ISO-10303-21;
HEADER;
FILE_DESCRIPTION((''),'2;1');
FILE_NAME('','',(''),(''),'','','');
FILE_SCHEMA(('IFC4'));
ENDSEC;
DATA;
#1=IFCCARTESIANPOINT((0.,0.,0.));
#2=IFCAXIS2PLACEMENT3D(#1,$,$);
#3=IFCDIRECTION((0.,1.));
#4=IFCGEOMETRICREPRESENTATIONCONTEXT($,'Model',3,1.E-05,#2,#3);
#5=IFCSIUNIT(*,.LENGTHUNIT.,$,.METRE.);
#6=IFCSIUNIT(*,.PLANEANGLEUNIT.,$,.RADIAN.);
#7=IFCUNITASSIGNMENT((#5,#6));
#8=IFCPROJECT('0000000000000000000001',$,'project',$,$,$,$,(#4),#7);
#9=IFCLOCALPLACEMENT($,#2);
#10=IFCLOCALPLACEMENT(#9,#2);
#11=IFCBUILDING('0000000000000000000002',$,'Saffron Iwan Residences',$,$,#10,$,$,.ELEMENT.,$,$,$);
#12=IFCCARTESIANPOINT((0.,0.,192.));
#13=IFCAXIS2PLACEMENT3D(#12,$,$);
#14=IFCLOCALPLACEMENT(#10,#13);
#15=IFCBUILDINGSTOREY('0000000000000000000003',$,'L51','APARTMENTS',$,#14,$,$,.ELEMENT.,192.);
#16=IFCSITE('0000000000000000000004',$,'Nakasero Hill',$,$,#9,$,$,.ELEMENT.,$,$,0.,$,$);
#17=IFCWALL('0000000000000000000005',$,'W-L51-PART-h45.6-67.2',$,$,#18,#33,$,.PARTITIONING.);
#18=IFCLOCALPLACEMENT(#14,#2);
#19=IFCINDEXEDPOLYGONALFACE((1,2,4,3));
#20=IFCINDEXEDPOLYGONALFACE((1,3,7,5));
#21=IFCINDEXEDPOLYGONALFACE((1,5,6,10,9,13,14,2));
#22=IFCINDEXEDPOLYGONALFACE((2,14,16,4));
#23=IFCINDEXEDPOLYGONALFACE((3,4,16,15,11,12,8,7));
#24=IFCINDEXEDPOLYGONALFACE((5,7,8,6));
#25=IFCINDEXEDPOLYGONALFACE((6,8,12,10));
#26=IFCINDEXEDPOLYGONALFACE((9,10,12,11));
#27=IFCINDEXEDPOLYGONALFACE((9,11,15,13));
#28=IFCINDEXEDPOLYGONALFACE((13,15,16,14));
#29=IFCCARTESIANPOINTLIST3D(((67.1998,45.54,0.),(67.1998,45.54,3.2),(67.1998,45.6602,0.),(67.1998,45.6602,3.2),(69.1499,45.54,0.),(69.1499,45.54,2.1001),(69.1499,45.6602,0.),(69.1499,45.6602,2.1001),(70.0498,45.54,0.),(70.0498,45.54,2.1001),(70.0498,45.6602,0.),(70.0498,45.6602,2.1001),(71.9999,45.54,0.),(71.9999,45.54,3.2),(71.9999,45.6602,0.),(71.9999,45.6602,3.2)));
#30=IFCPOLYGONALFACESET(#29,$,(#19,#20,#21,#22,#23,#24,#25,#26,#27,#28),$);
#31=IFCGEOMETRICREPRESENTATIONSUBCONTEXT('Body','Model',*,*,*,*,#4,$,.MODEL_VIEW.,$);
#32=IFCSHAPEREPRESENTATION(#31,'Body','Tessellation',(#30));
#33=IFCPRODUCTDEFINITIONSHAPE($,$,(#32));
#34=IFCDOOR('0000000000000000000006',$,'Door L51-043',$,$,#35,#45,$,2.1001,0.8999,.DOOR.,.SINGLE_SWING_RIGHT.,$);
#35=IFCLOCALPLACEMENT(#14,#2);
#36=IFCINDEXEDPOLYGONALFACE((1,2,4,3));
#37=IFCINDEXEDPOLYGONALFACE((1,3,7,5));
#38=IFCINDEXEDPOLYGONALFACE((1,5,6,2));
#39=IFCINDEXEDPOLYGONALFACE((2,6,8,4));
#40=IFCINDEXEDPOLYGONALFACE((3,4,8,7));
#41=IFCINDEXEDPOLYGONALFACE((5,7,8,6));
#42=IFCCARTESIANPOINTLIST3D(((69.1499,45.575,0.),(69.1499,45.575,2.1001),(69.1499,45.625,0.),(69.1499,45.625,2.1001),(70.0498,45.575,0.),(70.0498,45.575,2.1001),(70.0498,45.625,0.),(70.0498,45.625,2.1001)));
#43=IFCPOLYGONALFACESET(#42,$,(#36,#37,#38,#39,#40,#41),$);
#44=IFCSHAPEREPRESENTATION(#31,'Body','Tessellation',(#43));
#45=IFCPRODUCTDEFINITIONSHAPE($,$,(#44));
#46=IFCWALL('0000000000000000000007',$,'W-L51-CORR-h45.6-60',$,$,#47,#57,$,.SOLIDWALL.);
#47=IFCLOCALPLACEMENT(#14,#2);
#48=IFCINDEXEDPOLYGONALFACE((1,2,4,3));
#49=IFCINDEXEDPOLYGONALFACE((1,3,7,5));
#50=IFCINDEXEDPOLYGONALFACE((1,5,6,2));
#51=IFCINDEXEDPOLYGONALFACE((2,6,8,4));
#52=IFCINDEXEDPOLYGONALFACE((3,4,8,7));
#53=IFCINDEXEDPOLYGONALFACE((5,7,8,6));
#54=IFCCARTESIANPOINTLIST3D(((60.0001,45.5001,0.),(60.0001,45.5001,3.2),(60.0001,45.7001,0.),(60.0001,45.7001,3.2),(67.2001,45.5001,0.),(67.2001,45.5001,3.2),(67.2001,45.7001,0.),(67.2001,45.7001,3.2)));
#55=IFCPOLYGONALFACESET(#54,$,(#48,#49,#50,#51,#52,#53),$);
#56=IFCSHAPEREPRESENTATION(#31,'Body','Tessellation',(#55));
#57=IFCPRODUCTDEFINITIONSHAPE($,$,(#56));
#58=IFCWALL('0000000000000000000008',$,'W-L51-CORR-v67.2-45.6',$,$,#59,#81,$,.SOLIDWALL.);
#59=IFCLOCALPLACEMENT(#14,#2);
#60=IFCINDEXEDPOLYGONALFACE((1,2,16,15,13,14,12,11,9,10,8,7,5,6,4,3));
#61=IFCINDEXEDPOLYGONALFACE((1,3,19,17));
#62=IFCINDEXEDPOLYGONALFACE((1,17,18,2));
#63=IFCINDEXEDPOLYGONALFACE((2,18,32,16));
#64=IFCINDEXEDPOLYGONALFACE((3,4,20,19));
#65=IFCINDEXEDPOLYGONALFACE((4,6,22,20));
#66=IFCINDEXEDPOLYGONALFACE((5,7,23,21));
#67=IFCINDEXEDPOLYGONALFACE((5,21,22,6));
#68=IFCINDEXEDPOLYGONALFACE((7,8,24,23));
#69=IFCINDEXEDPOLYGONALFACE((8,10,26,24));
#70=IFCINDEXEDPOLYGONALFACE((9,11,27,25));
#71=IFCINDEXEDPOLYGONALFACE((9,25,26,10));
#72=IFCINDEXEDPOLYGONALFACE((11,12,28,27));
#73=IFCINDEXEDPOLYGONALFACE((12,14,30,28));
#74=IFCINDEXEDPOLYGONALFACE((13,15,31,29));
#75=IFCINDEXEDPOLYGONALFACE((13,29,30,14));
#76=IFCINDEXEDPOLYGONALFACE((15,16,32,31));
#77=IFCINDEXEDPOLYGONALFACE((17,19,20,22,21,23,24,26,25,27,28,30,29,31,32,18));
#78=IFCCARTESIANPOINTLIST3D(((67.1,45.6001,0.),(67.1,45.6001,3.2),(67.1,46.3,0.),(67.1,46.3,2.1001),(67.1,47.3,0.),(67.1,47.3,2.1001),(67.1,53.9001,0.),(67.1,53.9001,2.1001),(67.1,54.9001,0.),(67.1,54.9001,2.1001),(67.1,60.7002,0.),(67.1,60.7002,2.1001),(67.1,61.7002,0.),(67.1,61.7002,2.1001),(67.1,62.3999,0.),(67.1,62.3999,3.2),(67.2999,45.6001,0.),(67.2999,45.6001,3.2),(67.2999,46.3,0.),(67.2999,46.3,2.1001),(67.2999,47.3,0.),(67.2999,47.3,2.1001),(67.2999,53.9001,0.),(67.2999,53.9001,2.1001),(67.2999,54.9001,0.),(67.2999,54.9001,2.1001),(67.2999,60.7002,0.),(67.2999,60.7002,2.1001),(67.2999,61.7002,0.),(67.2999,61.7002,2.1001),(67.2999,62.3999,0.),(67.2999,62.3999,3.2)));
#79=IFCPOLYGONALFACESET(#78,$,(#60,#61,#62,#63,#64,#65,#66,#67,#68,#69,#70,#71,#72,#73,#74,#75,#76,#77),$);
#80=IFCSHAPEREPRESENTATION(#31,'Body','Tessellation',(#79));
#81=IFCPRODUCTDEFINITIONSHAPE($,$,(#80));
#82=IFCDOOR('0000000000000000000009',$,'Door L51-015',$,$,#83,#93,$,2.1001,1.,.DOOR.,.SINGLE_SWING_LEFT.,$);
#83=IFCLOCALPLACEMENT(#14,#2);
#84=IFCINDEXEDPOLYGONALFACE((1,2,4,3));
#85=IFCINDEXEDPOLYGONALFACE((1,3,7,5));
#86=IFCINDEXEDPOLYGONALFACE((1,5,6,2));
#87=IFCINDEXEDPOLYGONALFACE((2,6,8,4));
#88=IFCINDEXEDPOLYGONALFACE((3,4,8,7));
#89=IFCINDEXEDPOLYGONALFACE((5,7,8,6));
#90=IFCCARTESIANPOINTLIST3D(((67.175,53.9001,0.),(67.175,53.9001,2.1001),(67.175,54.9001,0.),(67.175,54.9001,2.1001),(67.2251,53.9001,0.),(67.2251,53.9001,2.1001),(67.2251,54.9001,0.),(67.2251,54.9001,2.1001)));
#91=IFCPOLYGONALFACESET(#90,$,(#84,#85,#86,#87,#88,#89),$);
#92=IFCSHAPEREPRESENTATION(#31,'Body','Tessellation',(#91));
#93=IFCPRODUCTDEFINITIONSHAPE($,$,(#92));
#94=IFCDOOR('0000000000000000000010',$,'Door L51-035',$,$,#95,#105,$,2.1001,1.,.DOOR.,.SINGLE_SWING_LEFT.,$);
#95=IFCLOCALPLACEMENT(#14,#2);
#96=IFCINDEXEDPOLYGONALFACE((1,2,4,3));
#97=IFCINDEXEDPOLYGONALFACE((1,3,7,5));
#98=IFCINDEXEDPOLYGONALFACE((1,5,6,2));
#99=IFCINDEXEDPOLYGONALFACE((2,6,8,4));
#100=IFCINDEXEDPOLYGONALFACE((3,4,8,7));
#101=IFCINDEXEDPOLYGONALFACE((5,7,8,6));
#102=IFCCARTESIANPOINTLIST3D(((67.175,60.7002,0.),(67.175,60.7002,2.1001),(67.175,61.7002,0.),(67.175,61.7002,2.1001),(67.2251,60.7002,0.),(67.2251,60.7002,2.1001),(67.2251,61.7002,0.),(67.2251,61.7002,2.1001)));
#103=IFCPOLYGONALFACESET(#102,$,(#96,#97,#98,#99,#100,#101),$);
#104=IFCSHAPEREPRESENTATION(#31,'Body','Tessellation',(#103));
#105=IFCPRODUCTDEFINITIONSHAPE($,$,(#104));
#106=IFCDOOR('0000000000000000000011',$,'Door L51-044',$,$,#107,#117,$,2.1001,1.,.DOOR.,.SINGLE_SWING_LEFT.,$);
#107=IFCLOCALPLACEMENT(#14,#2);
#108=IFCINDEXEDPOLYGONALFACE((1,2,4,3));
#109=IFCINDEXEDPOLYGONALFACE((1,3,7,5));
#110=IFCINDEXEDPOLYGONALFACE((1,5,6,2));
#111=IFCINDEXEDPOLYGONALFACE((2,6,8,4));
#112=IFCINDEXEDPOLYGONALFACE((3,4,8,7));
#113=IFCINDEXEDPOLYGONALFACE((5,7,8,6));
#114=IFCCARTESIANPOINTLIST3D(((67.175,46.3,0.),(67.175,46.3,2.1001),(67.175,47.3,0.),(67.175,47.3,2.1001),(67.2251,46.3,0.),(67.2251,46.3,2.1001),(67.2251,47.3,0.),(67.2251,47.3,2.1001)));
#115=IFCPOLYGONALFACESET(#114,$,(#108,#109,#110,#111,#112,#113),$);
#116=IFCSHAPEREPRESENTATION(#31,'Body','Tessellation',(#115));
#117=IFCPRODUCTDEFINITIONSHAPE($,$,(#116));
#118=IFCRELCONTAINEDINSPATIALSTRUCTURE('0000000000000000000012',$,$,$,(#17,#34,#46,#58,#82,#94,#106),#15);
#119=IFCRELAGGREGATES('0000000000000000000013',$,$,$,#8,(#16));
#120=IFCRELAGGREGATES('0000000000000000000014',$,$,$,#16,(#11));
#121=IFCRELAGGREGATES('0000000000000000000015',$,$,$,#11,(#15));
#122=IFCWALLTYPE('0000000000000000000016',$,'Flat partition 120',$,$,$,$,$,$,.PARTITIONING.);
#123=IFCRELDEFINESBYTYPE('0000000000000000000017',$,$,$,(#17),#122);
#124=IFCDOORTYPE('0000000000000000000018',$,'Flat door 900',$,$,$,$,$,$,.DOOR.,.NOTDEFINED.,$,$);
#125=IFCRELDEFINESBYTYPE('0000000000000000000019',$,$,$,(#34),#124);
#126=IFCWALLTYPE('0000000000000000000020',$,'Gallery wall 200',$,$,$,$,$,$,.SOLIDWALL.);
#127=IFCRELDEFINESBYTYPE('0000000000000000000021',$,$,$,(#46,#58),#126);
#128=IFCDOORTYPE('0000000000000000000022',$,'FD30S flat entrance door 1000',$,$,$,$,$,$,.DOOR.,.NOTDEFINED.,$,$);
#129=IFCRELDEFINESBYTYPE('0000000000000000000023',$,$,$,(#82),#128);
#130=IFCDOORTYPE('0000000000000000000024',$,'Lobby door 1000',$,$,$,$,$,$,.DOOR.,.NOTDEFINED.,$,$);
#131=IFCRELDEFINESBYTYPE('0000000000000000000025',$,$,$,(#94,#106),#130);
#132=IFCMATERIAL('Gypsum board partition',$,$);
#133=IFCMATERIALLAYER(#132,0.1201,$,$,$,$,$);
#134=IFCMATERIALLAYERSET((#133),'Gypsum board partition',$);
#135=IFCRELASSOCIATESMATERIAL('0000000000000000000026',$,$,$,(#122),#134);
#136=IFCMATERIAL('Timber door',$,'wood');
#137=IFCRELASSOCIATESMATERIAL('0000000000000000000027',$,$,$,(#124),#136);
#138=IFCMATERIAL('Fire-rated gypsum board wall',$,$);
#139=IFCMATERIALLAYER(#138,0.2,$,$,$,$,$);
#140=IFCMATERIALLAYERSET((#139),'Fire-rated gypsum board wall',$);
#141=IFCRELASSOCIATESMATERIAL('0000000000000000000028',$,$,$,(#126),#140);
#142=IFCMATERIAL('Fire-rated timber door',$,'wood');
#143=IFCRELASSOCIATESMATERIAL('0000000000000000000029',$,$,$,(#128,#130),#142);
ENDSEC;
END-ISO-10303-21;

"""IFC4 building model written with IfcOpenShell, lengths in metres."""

from ifc_helpers import new_model, si_unit, direction, frame, frame_2d, origin, place, context, subcontext, project, spatial, rectangle, extrude, material, layer, layer_set, type_object, element, fill, save


model = new_model("IFC4")

# Units and contexts
model_context = context("Model", 3, precision=1e-05, world=origin(), true_north=direction((0.0, 1.0)))
body_context = subcontext(model_context, "Body", "Model", "MODEL_VIEW")
ifc_project = project(units=[si_unit("LENGTHUNIT", "METRE"), si_unit("PLANEANGLEUNIT", "RADIAN")], contexts=[model_context])

# Site, building, storey
site_placement = place(None, origin())
site = spatial("IfcSite", under=ifc_project, at=site_placement, Name="Nakasero Hill", CompositionType="ELEMENT", RefElevation=0.0)
building_placement = place(site_placement, origin())
building = spatial("IfcBuilding", under=site, at=building_placement, Name="Saffron Iwan Residences", CompositionType="ELEMENT")
storey_placement = place(building_placement, frame((0.0, 0.0, 192.0)))
storey = spatial("IfcBuildingStorey", under=building, at=storey_placement, Name="L51", Description="APARTMENTS", CompositionType="ELEMENT", Elevation=192.0)

# Shared definitions
ifc_material_1 = material(Name="Gypsum board partition")
ifc_layer_1 = layer(ifc_material_1, 0.1201)
ifc_layer_set_1 = layer_set([ifc_layer_1], Name="Gypsum board partition")
wall_type_1 = type_object("IfcWallType", Name="Flat partition 120", PredefinedType="PARTITIONING", material=ifc_layer_set_1)
ifc_material_2 = material(Name="Timber door", Category="wood")
door_type_1 = type_object("IfcDoorType", Name="Flat door 900", OperationType="NOTDEFINED", PredefinedType="DOOR", material=ifc_material_2)

# Wall, opening, door
wall_1_placement = place(storey_placement, frame((67.2, 45.6001, 0.0), z_axis=(0.0, 0.0, 1.0), x_axis=(1.0, 0.0, 0.0)))
wall_1 = element("IfcWall", 1, at=wall_1_placement, inside=storey, type_object=wall_type_1, Name="W-L51-PART-h45.6-67.2", PredefinedType="PARTITIONING", context=body_context, shape_type="SweptSolid", body=[
    extrude(rectangle(XDim=4.8, YDim=0.1201, at=frame_2d((2.3999, 0.0))), origin(), (0.0, 0.0, 1.0), 3.2),
])
opening_1_placement = place(wall_1_placement, frame((1.95, 0.0, 0.0)))
opening_1 = element("IfcOpeningElement", 2, at=opening_1_placement, cuts=wall_1, PredefinedType="OPENING", context=body_context, shape_type="SweptSolid", body=[
    extrude(rectangle(XDim=0.8999, YDim=2.1001, at=frame_2d((0.45, 1.05))), frame((0.0, 0.0701, 0.0), z_axis=(0.0, -1.0, 0.0), x_axis=(1.0, 0.0, 0.0)), (0.0, 0.0, 1.0), 0.1401),
])
door_1_placement = place(opening_1_placement, origin())
door_1 = element("IfcDoor", 3, at=door_1_placement, inside=storey, type_object=door_type_1, Name="Door L51-043", OperationType="SINGLE_SWING_RIGHT", OverallHeight=2.1001, OverallWidth=0.8999, PredefinedType="DOOR", context=body_context, shape_type="SweptSolid", body=[
    extrude(rectangle(XDim=0.8999, YDim=2.1001, at=frame_2d((0.45, 1.05))), frame((0.0, 0.0249, 0.0), z_axis=(0.0, -1.0, 0.0), x_axis=(1.0, 0.0, 0.0)), (0.0, 0.0, 1.0), 0.05),
])
fill(opening_1, door_1)

# Wall
ifc_material_3 = material(Name="Fire-rated gypsum board wall")
ifc_layer_2 = layer(ifc_material_3, 0.2)
ifc_layer_set_2 = layer_set([ifc_layer_2], Name="Fire-rated gypsum board wall")
wall_type_2 = type_object("IfcWallType", Name="Gallery wall 200", PredefinedType="SOLIDWALL", material=ifc_layer_set_2)
wall_2_placement = place(storey_placement, frame((60.0, 45.6001, 0.0), z_axis=(0.0, 0.0, 1.0), x_axis=(1.0, 0.0, 0.0)))
element("IfcWall", 4, at=wall_2_placement, inside=storey, type_object=wall_type_2, Name="W-L51-CORR-h45.6-60", PredefinedType="SOLIDWALL", context=body_context, shape_type="SweptSolid", body=[
    extrude(rectangle(XDim=7.2, YDim=0.2, at=frame_2d((3.6001, 0.0))), origin(), (0.0, 0.0, 1.0), 3.2),
])

# Wall, openings, doors
wall_3_placement = place(storey_placement, frame((67.2, 45.6001, 0.0), z_axis=(0.0, 0.0, 1.0), x_axis=(0.0, 1.0, 0.0)))
wall_3 = element("IfcWall", 5, at=wall_3_placement, inside=storey, type_object=wall_type_2, Name="W-L51-CORR-v67.2-45.6", PredefinedType="SOLIDWALL", context=body_context, shape_type="SweptSolid", body=[
    extrude(rectangle(XDim=16.7998, YDim=0.2, at=frame_2d((8.3999, 0.0))), origin(), (0.0, 0.0, 1.0), 3.2),
])
opening_2_placement = place(wall_3_placement, frame((8.3, 0.0, 0.0)))
opening_2 = element("IfcOpeningElement", 6, at=opening_2_placement, cuts=wall_3, PredefinedType="OPENING", context=body_context, shape_type="SweptSolid", body=[
    extrude(rectangle(XDim=1.0, YDim=2.1001, at=frame_2d((0.5, 1.05))), frame((0.0, 0.1099, 0.0), z_axis=(0.0, -1.0, 0.0), x_axis=(1.0, 0.0, 0.0)), (0.0, 0.0, 1.0), 0.22),
])
opening_3_placement = place(wall_3_placement, frame((15.1001, 0.0, 0.0)))
opening_3 = element("IfcOpeningElement", 7, at=opening_3_placement, cuts=wall_3, PredefinedType="OPENING", context=body_context, shape_type="SweptSolid", body=[
    extrude(rectangle(XDim=1.0, YDim=2.1001, at=frame_2d((0.5, 1.05))), frame((0.0, 0.1099, 0.0), z_axis=(0.0, -1.0, 0.0), x_axis=(1.0, 0.0, 0.0)), (0.0, 0.0, 1.0), 0.22),
])
opening_4_placement = place(wall_3_placement, frame((0.7, 0.0, 0.0)))
opening_4 = element("IfcOpeningElement", 8, at=opening_4_placement, cuts=wall_3, PredefinedType="OPENING", context=body_context, shape_type="SweptSolid", body=[
    extrude(rectangle(XDim=1.0, YDim=2.1001, at=frame_2d((0.5, 1.05))), frame((0.0, 0.1099, 0.0), z_axis=(0.0, -1.0, 0.0), x_axis=(1.0, 0.0, 0.0)), (0.0, 0.0, 1.0), 0.22),
])
ifc_material_4 = material(Name="Fire-rated timber door", Category="wood")
door_type_2 = type_object("IfcDoorType", Name="FD30S flat entrance door 1000", OperationType="NOTDEFINED", PredefinedType="DOOR", material=ifc_material_4)
door_2_placement = place(opening_2_placement, origin())
door_2 = element("IfcDoor", 9, at=door_2_placement, inside=storey, type_object=door_type_2, Name="Door L51-015", OperationType="SINGLE_SWING_LEFT", OverallHeight=2.1001, OverallWidth=1.0, PredefinedType="DOOR", context=body_context, shape_type="SweptSolid", body=[
    extrude(rectangle(XDim=1.0, YDim=2.1001, at=frame_2d((0.5, 1.05))), frame((0.0, 0.0249, 0.0), z_axis=(0.0, -1.0, 0.0), x_axis=(1.0, 0.0, 0.0)), (0.0, 0.0, 1.0), 0.05),
])
fill(opening_2, door_2)
door_type_3 = type_object("IfcDoorType", Name="Lobby door 1000", OperationType="NOTDEFINED", PredefinedType="DOOR", material=ifc_material_4)
door_3_placement = place(opening_3_placement, origin())
door_3 = element("IfcDoor", 10, at=door_3_placement, inside=storey, type_object=door_type_3, Name="Door L51-035", OperationType="SINGLE_SWING_LEFT", OverallHeight=2.1001, OverallWidth=1.0, PredefinedType="DOOR", context=body_context, shape_type="SweptSolid", body=[
    extrude(rectangle(XDim=1.0, YDim=2.1001, at=frame_2d((0.5, 1.05))), frame((0.0, 0.0249, 0.0), z_axis=(0.0, -1.0, 0.0), x_axis=(1.0, 0.0, 0.0)), (0.0, 0.0, 1.0), 0.05),
])
fill(opening_3, door_3)
door_4_placement = place(opening_4_placement, origin())
door_4 = element("IfcDoor", 11, at=door_4_placement, inside=storey, type_object=door_type_3, Name="Door L51-044", OperationType="SINGLE_SWING_LEFT", OverallHeight=2.1001, OverallWidth=1.0, PredefinedType="DOOR", context=body_context, shape_type="SweptSolid", body=[
    extrude(rectangle(XDim=1.0, YDim=2.1001, at=frame_2d((0.5, 1.05))), frame((0.0, 0.0249, 0.0), z_axis=(0.0, -1.0, 0.0), x_axis=(1.0, 0.0, 0.0)), (0.0, 0.0, 1.0), 0.05),
])
fill(opening_4, door_4)

save(model, "model.ifc")
